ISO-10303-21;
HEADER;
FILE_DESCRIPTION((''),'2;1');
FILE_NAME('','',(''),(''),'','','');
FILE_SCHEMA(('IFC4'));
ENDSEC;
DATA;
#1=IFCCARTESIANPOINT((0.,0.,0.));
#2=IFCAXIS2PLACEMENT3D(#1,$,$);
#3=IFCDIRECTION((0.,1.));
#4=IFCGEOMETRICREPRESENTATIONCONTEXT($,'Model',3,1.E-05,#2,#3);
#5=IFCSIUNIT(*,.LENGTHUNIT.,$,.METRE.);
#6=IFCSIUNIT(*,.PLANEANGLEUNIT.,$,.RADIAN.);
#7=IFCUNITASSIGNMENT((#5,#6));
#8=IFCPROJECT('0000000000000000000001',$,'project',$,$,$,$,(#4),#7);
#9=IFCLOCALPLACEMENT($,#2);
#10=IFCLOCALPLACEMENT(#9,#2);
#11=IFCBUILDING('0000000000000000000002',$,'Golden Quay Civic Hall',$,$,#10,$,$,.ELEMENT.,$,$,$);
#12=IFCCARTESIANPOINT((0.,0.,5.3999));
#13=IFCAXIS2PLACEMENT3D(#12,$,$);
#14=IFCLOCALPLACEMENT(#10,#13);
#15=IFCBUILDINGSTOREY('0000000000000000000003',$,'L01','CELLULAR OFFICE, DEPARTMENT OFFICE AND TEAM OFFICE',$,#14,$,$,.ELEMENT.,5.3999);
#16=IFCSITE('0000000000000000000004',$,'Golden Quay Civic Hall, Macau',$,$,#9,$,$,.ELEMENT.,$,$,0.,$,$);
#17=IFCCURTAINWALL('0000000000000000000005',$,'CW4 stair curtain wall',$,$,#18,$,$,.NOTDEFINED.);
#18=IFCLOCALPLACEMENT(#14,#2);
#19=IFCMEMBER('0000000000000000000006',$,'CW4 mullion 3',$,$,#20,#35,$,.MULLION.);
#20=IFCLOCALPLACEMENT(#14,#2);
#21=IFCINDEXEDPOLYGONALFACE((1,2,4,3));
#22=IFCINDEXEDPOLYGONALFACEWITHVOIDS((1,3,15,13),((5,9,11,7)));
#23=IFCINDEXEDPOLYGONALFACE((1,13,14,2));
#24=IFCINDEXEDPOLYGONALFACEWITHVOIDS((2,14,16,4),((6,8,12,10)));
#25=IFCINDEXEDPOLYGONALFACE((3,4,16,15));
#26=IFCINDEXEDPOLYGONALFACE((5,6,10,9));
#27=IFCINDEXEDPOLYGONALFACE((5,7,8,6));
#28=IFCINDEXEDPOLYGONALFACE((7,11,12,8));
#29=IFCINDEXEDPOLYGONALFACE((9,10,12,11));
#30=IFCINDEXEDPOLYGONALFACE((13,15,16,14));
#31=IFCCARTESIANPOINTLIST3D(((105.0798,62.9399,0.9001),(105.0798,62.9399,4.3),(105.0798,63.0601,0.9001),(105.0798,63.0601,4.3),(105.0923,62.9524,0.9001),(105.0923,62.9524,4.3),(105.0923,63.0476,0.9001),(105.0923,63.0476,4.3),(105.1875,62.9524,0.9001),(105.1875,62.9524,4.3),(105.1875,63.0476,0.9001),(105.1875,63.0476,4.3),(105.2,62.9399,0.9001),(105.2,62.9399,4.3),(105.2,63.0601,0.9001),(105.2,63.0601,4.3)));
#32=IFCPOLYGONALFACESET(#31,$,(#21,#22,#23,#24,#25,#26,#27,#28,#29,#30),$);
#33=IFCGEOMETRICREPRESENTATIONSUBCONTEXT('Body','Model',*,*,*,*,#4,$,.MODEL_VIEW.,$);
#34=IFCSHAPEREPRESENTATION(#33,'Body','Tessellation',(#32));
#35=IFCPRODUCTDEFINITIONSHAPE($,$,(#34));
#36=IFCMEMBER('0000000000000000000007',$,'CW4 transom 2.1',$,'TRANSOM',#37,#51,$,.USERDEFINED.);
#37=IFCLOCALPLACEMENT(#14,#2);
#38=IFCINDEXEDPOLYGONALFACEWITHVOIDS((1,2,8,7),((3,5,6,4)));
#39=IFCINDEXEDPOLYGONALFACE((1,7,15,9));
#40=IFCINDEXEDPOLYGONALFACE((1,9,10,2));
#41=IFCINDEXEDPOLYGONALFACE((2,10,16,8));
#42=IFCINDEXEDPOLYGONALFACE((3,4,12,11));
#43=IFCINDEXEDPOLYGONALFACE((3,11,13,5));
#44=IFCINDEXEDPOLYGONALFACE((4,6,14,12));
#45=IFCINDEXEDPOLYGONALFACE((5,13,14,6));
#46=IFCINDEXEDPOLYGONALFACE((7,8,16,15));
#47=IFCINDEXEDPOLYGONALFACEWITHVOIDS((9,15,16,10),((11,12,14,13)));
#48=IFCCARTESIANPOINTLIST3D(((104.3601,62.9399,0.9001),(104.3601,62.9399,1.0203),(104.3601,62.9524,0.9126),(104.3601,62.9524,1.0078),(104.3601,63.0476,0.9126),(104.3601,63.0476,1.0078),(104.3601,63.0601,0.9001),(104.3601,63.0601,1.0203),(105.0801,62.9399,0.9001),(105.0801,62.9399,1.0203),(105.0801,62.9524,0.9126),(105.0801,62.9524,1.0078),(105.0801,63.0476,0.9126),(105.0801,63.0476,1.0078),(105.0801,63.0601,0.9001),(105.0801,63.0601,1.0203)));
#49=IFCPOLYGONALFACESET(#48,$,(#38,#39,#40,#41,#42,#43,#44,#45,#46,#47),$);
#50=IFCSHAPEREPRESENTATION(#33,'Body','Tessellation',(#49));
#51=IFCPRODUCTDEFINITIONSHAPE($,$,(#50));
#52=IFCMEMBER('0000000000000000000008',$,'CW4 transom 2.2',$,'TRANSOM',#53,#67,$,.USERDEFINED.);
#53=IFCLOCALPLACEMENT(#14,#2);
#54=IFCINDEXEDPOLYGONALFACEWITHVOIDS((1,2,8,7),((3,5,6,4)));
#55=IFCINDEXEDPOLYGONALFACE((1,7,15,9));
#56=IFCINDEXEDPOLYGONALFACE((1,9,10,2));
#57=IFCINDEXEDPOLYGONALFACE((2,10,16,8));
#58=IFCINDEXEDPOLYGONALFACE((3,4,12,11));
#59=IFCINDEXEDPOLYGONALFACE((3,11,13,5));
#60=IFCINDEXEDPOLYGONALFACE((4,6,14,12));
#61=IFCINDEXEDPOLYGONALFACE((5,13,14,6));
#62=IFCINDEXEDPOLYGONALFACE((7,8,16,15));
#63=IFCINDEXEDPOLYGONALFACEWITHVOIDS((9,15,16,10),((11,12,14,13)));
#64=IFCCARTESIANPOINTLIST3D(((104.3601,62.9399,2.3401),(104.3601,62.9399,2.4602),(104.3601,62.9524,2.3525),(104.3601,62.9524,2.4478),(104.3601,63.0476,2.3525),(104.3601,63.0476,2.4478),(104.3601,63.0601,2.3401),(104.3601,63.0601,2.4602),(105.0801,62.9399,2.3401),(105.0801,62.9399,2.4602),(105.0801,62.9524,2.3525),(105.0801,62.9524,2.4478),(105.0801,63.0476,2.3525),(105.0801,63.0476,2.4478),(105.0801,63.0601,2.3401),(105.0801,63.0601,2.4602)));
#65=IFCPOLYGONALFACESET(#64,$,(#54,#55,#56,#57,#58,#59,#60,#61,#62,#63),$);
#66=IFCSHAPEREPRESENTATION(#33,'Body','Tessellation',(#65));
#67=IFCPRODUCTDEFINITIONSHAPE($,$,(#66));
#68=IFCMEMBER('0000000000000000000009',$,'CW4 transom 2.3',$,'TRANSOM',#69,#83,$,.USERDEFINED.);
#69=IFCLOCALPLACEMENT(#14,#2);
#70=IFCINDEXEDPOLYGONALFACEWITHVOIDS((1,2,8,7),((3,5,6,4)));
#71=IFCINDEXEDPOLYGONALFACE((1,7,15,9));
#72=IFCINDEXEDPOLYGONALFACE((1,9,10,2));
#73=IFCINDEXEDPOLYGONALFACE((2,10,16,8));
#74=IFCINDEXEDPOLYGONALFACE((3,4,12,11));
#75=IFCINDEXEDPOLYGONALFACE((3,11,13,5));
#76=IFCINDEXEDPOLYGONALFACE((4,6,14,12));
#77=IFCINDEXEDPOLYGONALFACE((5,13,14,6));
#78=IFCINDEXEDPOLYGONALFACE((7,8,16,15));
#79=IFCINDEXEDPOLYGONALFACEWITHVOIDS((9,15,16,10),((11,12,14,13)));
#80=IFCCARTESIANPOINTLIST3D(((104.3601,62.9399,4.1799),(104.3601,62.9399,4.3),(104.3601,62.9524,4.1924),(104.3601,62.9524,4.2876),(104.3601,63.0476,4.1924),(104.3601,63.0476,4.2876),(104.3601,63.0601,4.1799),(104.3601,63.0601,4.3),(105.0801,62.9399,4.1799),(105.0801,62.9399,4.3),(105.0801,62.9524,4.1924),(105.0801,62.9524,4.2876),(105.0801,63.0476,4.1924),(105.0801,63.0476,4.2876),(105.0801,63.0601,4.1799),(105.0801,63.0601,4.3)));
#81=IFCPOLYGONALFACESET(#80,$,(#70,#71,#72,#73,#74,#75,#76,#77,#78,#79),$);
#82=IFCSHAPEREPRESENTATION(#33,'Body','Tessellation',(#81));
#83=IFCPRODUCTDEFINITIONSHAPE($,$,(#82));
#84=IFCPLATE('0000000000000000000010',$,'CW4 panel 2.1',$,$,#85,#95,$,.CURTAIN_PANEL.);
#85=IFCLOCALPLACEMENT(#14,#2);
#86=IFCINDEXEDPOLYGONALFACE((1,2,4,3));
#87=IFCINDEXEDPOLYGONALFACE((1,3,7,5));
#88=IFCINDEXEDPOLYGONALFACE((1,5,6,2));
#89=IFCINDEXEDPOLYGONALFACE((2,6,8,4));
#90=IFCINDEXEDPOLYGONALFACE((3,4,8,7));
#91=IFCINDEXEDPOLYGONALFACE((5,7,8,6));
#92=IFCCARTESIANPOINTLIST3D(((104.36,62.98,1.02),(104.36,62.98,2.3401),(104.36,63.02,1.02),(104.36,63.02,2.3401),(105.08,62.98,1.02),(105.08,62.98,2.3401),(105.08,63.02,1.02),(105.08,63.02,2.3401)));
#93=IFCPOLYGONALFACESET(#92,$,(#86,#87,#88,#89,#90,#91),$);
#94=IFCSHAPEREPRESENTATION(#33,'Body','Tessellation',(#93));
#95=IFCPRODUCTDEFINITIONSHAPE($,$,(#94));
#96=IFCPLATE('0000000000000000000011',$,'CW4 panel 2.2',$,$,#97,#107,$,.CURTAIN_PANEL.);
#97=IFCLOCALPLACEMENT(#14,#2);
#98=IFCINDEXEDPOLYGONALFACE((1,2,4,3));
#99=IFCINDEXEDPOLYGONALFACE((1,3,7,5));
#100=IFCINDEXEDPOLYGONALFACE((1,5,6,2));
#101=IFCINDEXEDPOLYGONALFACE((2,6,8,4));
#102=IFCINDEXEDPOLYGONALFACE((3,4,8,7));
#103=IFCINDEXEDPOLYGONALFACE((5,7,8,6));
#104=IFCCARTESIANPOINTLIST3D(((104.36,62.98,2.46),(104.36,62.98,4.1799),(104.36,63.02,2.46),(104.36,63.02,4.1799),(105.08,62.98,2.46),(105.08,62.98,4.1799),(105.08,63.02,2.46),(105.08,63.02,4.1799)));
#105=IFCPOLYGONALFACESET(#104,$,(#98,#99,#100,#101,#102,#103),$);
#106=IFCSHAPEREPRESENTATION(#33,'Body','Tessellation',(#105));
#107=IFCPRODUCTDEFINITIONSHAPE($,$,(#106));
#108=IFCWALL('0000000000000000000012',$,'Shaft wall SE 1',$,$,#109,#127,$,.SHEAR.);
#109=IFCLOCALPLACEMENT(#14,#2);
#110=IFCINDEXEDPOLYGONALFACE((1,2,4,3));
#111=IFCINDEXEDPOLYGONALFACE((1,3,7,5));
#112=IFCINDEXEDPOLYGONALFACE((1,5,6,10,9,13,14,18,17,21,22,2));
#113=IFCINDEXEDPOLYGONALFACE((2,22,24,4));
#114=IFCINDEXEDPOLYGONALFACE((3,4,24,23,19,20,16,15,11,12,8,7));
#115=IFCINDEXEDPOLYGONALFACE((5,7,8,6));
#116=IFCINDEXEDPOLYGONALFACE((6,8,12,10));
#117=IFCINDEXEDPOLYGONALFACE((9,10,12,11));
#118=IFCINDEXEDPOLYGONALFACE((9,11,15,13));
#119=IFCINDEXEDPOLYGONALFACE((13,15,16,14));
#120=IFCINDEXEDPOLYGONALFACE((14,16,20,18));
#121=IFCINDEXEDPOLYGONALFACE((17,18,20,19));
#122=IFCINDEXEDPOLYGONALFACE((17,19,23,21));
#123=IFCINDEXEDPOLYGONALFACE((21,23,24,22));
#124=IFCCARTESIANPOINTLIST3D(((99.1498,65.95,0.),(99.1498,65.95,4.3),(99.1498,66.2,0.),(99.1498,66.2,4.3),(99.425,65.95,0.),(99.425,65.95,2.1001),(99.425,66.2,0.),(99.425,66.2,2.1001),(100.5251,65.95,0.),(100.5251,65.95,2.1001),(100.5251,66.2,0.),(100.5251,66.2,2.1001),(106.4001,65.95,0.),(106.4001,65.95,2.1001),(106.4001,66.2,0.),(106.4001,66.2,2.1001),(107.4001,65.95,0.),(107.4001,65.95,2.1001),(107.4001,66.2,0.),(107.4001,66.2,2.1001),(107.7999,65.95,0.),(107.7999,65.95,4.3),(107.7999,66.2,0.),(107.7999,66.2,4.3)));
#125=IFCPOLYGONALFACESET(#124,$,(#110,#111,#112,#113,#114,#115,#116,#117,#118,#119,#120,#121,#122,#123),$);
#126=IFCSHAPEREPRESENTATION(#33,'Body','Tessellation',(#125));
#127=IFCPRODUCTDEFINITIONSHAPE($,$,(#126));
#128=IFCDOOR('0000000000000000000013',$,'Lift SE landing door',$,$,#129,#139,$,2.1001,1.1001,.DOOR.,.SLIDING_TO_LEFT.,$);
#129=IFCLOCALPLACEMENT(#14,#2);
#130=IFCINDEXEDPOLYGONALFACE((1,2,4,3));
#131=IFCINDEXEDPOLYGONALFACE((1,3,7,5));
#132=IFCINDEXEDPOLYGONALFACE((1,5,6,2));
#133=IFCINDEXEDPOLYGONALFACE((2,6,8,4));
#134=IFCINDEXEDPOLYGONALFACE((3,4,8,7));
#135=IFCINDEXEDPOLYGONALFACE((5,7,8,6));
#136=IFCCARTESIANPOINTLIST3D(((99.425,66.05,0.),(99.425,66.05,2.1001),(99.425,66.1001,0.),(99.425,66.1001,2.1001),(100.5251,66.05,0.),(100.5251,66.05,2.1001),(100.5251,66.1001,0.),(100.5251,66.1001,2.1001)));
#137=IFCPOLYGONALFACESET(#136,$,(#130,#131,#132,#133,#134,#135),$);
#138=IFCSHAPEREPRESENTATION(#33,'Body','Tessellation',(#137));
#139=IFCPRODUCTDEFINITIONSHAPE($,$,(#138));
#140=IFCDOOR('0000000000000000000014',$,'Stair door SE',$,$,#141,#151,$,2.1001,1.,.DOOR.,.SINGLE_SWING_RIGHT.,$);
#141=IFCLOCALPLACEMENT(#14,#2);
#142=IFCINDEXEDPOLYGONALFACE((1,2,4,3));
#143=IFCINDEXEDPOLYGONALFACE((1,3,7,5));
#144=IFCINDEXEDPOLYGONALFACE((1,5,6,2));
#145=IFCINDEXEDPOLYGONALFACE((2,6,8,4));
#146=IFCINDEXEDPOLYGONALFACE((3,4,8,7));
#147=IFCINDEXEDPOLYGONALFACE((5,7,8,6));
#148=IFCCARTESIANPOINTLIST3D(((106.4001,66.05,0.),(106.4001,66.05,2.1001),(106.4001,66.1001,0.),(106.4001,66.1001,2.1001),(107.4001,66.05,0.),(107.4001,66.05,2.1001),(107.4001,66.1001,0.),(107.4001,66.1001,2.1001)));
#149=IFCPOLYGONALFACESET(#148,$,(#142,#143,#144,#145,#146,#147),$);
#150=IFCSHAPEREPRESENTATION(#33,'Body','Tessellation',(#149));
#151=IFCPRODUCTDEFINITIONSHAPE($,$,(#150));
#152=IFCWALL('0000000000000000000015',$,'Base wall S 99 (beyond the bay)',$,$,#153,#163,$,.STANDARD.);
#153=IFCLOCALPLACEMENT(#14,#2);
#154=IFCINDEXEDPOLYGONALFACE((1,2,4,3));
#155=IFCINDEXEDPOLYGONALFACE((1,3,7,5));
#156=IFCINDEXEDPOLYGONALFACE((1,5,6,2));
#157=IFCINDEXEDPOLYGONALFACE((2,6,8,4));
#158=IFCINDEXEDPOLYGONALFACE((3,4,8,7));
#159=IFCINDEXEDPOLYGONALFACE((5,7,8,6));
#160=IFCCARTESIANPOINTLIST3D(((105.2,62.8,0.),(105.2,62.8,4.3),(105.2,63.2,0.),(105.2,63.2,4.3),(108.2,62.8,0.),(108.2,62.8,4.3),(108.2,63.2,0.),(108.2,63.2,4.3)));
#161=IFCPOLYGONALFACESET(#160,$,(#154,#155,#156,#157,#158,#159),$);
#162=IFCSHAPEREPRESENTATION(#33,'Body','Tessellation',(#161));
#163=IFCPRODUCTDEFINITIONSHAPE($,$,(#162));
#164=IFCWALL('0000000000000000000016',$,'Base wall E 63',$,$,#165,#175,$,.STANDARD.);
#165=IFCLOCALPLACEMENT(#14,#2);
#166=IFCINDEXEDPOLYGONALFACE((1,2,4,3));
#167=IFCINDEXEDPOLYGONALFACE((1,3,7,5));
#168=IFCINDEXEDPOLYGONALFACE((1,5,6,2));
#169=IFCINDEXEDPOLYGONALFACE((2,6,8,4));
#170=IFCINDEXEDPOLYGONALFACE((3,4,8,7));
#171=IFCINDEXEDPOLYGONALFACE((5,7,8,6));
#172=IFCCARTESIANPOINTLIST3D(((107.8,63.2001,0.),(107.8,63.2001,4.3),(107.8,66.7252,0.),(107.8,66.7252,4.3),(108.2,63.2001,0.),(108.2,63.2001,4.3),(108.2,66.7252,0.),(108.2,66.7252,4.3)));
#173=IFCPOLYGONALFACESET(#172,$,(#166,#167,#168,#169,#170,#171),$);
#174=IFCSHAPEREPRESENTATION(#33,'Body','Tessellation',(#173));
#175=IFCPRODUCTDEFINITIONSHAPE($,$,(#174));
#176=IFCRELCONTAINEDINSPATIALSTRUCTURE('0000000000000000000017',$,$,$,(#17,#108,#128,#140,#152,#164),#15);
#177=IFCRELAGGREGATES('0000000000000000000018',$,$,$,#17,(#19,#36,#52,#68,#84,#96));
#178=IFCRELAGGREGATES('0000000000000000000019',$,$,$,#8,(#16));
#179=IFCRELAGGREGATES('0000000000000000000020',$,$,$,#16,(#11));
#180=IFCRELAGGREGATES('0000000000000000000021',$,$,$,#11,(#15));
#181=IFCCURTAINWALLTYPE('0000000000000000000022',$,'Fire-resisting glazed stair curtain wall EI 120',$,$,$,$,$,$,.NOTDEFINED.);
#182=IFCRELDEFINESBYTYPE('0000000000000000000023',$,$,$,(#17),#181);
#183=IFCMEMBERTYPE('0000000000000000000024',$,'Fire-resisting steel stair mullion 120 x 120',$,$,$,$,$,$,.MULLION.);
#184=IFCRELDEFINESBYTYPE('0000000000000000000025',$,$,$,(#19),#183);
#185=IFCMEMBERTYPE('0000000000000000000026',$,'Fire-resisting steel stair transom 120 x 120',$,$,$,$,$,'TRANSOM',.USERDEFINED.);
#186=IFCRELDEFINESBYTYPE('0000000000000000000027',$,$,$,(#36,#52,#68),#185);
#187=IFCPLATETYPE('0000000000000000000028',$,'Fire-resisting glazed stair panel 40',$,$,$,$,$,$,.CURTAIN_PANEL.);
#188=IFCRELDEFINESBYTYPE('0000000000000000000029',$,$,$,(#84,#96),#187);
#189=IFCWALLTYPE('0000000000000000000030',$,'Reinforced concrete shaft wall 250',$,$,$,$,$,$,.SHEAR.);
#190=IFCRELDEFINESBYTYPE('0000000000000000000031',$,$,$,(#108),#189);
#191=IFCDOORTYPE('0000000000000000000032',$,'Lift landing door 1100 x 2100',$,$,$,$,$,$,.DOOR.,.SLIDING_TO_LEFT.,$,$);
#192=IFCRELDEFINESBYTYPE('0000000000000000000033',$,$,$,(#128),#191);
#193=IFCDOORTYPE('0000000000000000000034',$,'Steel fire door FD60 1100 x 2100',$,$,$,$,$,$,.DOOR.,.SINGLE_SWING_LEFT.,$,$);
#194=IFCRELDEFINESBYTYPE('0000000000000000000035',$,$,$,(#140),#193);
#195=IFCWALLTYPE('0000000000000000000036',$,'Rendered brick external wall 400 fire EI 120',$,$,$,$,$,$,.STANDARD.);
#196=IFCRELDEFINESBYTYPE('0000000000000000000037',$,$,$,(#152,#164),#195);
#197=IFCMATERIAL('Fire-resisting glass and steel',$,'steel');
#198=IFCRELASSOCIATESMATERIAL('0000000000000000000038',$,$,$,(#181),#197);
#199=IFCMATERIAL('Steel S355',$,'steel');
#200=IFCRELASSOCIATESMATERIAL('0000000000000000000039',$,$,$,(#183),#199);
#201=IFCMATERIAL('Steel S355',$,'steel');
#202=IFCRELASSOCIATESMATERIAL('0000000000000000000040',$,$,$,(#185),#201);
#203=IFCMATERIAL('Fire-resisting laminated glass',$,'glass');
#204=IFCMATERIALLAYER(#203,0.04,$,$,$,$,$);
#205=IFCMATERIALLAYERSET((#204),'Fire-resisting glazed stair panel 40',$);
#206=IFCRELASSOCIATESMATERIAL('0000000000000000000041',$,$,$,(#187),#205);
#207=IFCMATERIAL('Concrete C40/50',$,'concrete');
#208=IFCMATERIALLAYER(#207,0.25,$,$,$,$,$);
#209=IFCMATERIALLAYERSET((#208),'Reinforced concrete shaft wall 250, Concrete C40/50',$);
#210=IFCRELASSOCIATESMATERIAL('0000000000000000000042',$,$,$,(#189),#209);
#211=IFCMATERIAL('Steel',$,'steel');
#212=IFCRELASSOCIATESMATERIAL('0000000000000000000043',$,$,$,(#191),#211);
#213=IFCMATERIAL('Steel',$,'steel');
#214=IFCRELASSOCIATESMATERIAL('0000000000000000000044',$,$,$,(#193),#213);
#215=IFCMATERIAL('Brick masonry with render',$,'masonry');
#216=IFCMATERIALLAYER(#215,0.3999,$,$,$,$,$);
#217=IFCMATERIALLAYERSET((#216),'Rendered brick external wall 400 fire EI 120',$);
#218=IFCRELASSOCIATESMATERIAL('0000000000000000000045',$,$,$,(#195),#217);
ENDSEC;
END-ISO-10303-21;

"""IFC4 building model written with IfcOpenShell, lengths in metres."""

from ifc_helpers import new_model, si_unit, direction, frame, frame_2d, origin, origin_2d, place, context, subcontext, project, spatial, rectangle, hollow_rectangle, extrude, material, layer, layer_set, material_profile, profile_set, type_object, element, fill, aggregate, save


model = new_model("IFC4")

# Units and contexts
model_context = context("Model", 3, precision=1e-05, world=origin(), true_north=direction((0.0, 1.0)))
body_context = subcontext(model_context, "Body", "Model", "MODEL_VIEW")
ifc_project = project(units=[si_unit("LENGTHUNIT", "METRE"), si_unit("PLANEANGLEUNIT", "RADIAN")], contexts=[model_context])

# Site, building, storey
site_placement = place(None, origin())
site = spatial("IfcSite", under=ifc_project, at=site_placement, Name="Golden Quay Civic Hall, Macau", CompositionType="ELEMENT", RefElevation=0.0)
building_placement = place(site_placement, origin())
building = spatial("IfcBuilding", under=site, at=building_placement, Name="Golden Quay Civic Hall", CompositionType="ELEMENT")
storey_placement = place(building_placement, frame((0.0, 0.0, 5.3999)))
storey = spatial("IfcBuildingStorey", under=building, at=storey_placement, Name="L01", Description="CELLULAR OFFICE, DEPARTMENT OFFICE AND TEAM OFFICE", CompositionType="ELEMENT", Elevation=5.3999)

# Curtain wall, members, plates
ifc_material_1 = material(Name="Fire-resisting glass and steel", Category="steel")
curtain_wall_type = type_object("IfcCurtainWallType", Name="Fire-resisting glazed stair curtain wall EI 120", PredefinedType="NOTDEFINED", material=ifc_material_1)
curtain_wall_placement = place(storey_placement, origin())
curtain_wall = element("IfcCurtainWall", 1, at=curtain_wall_placement, inside=storey, type_object=curtain_wall_type, Name="CW4 stair curtain wall", PredefinedType="NOTDEFINED")
ifc_material_2 = material(Name="Steel S355", Category="steel")
ifc_material_profile_1 = material_profile(ifc_material_2, hollow_rectangle(XDim=0.1201, YDim=0.1201, WallThickness=0.0125, at=origin_2d()), Name="SHS 120x120x12.5")
ifc_profile_set_1 = profile_set([ifc_material_profile_1], Name="Steel S355")
member_type_1 = type_object("IfcMemberType", Name="Fire-resisting steel stair mullion 120 x 120", PredefinedType="MULLION", material=ifc_profile_set_1)
member_1_placement = place(storey_placement, frame((105.1399, 63.0, 0.9001), z_axis=(0.0, 0.0, 1.0), x_axis=(0.0, 1.0, 0.0)))
member_1 = element("IfcMember", 2, at=member_1_placement, type_object=member_type_1, Name="CW4 mullion 3", PredefinedType="MULLION", context=body_context, shape_type="SweptSolid", body=[
    extrude(hollow_rectangle(XDim=0.1201, YDim=0.1201, WallThickness=0.0125, at=origin_2d()), origin(), (0.0, 0.0, 1.0), 3.3999),
])
ifc_material_3 = material(Name="Steel S355", Category="steel")
ifc_material_profile_2 = material_profile(ifc_material_3, hollow_rectangle(XDim=0.1201, YDim=0.1201, WallThickness=0.0125, at=origin_2d()), Name="SHS 120x120x12.5")
ifc_profile_set_2 = profile_set([ifc_material_profile_2], Name="Steel S355")
member_type_2 = type_object("IfcMemberType", Name="Fire-resisting steel stair transom 120 x 120", ElementType="TRANSOM", PredefinedType="USERDEFINED", material=ifc_profile_set_2)
member_2_placement = place(storey_placement, frame((104.3601, 63.0, 0.9602), z_axis=(1.0, 0.0, 0.0), x_axis=(0.0, 1.0, 0.0)))
member_2 = element("IfcMember", 3, at=member_2_placement, type_object=member_type_2, Name="CW4 transom 2.1", ObjectType="TRANSOM", PredefinedType="USERDEFINED", context=body_context, shape_type="SweptSolid", body=[
    extrude(hollow_rectangle(XDim=0.1201, YDim=0.1201, WallThickness=0.0125, at=origin_2d()), origin(), (0.0, 0.0, 1.0), 0.72),
])
member_3_placement = place(storey_placement, frame((104.3601, 63.0, 2.4001), z_axis=(1.0, 0.0, 0.0), x_axis=(0.0, 1.0, 0.0)))
member_3 = element("IfcMember", 4, at=member_3_placement, type_object=member_type_2, Name="CW4 transom 2.2", ObjectType="TRANSOM", PredefinedType="USERDEFINED", context=body_context, shape_type="SweptSolid", body=[
    extrude(hollow_rectangle(XDim=0.1201, YDim=0.1201, WallThickness=0.0125, at=origin_2d()), origin(), (0.0, 0.0, 1.0), 0.72),
])
member_4_placement = place(storey_placement, frame((104.3601, 63.0, 4.24), z_axis=(1.0, 0.0, 0.0), x_axis=(0.0, 1.0, 0.0)))
member_4 = element("IfcMember", 5, at=member_4_placement, type_object=member_type_2, Name="CW4 transom 2.3", ObjectType="TRANSOM", PredefinedType="USERDEFINED", context=body_context, shape_type="SweptSolid", body=[
    extrude(hollow_rectangle(XDim=0.1201, YDim=0.1201, WallThickness=0.0125, at=origin_2d()), origin(), (0.0, 0.0, 1.0), 0.72),
])
ifc_material_4 = material(Name="Fire-resisting laminated glass", Category="glass")
ifc_layer_1 = layer(ifc_material_4, 0.04)
ifc_layer_set_1 = layer_set([ifc_layer_1], Name="Fire-resisting glazed stair panel 40")
plate_type = type_object("IfcPlateType", Name="Fire-resisting glazed stair panel 40", PredefinedType="CURTAIN_PANEL", material=ifc_layer_set_1)
plate_1_placement = place(storey_placement, frame((104.72, 63.0, 1.02), z_axis=(0.0, 0.0, 1.0), x_axis=(1.0, 0.0, 0.0)))
plate_1 = element("IfcPlate", 6, at=plate_1_placement, type_object=plate_type, Name="CW4 panel 2.1", PredefinedType="CURTAIN_PANEL", context=body_context, shape_type="SweptSolid", body=[
    extrude(rectangle(XDim=0.72, YDim=0.04, at=origin_2d()), origin(), (0.0, 0.0, 1.0), 1.3201),
])
plate_2_placement = place(storey_placement, frame((104.72, 63.0, 2.46), z_axis=(0.0, 0.0, 1.0), x_axis=(1.0, 0.0, 0.0)))
plate_2 = element("IfcPlate", 7, at=plate_2_placement, type_object=plate_type, Name="CW4 panel 2.2", PredefinedType="CURTAIN_PANEL", context=body_context, shape_type="SweptSolid", body=[
    extrude(rectangle(XDim=0.72, YDim=0.04, at=origin_2d()), origin(), (0.0, 0.0, 1.0), 1.72),
])
aggregate(curtain_wall, [member_1, member_2, member_3, member_4, plate_1, plate_2])

# Wall, openings, doors
ifc_material_5 = material(Name="Concrete C40/50", Category="concrete")
ifc_layer_2 = layer(ifc_material_5, 0.25)
ifc_layer_set_2 = layer_set([ifc_layer_2], Name="Reinforced concrete shaft wall 250, Concrete C40/50")
wall_type_1 = type_object("IfcWallType", Name="Reinforced concrete shaft wall 250", PredefinedType="SHEAR", material=ifc_layer_set_2)
wall_1_placement = place(storey_placement, frame((107.8, 66.075, 0.0), z_axis=(0.0, 0.0, 1.0), x_axis=(-1.0, 0.0, 0.0)))
wall_1 = element("IfcWall", 8, at=wall_1_placement, inside=storey, type_object=wall_type_1, Name="Shaft wall SE 1", PredefinedType="SHEAR", context=body_context, shape_type="SweptSolid", body=[
    extrude(rectangle(XDim=8.6501, YDim=0.25, at=frame_2d((4.3252, 0.0))), origin(), (0.0, 0.0, 1.0), 4.3),
])
opening_1_placement = place(wall_1_placement, frame((0.3999, 0.0, 0.0)))
opening_1 = element("IfcOpeningElement", 9, at=opening_1_placement, cuts=wall_1, PredefinedType="OPENING", context=body_context, shape_type="SweptSolid", body=[
    extrude(rectangle(XDim=1.0, YDim=2.1001, at=frame_2d((0.5, 1.05))), frame((0.0, 0.135, 0.0), z_axis=(0.0, -1.0, 0.0), x_axis=(1.0, 0.0, 0.0)), (0.0, 0.0, 1.0), 0.27),
])
opening_2_placement = place(wall_1_placement, frame((7.2749, 0.0, 0.0)))
opening_2 = element("IfcOpeningElement", 10, at=opening_2_placement, cuts=wall_1, PredefinedType="OPENING", context=body_context, shape_type="SweptSolid", body=[
    extrude(rectangle(XDim=1.1001, YDim=2.1001, at=frame_2d((0.55, 1.05))), frame((0.0, 0.135, 0.0), z_axis=(0.0, -1.0, 0.0), x_axis=(1.0, 0.0, 0.0)), (0.0, 0.0, 1.0), 0.27),
])
ifc_material_6 = material(Name="Steel", Category="steel")
door_type_1 = type_object("IfcDoorType", Name="Lift landing door 1100 x 2100", OperationType="SLIDING_TO_LEFT", PredefinedType="DOOR", material=ifc_material_6)
door_1_placement = place(opening_2_placement, origin())
door_1 = element("IfcDoor", 11, at=door_1_placement, inside=storey, type_object=door_type_1, Name="Lift SE landing door", OperationType="SLIDING_TO_LEFT", OverallHeight=2.1001, OverallWidth=1.1001, PredefinedType="DOOR", context=body_context, shape_type="SweptSolid", body=[
    extrude(rectangle(XDim=1.1001, YDim=2.1001, at=frame_2d((0.55, 1.05))), frame((0.0, 0.0249, 0.0), z_axis=(0.0, -1.0, 0.0), x_axis=(1.0, 0.0, 0.0)), (0.0, 0.0, 1.0), 0.05),
])
fill(opening_2, door_1)
ifc_material_7 = material(Name="Steel", Category="steel")
door_type_2 = type_object("IfcDoorType", Name="Steel fire door FD60 1100 x 2100", OperationType="SINGLE_SWING_LEFT", PredefinedType="DOOR", material=ifc_material_7)
door_2_placement = place(opening_1_placement, frame((1.0, 0.0, 0.0), z_axis=(0.0, 0.0, 1.0), x_axis=(-1.0, 0.0, 0.0)))
door_2 = element("IfcDoor", 12, at=door_2_placement, inside=storey, type_object=door_type_2, Name="Stair door SE", OperationType="SINGLE_SWING_RIGHT", OverallHeight=2.1001, OverallWidth=1.0, PredefinedType="DOOR", context=body_context, shape_type="SweptSolid", body=[
    extrude(rectangle(XDim=1.0, YDim=2.1001, at=frame_2d((0.5, 1.05))), frame((0.0, 0.0251, 0.0), z_axis=(0.0, -1.0, 0.0), x_axis=(1.0, 0.0, 0.0)), (0.0, 0.0, 1.0), 0.05),
])
fill(opening_1, door_2)

# Walls
ifc_material_8 = material(Name="Brick masonry with render", Category="masonry")
ifc_layer_3 = layer(ifc_material_8, 0.3999)
ifc_layer_set_3 = layer_set([ifc_layer_3], Name="Rendered brick external wall 400 fire EI 120")
wall_type_2 = type_object("IfcWallType", Name="Rendered brick external wall 400 fire EI 120", PredefinedType="STANDARD", material=ifc_layer_set_3)
wall_2_placement = place(storey_placement, frame((105.2, 63.0, 0.0), z_axis=(0.0, 0.0, 1.0), x_axis=(1.0, 0.0, 0.0)))
element("IfcWall", 13, at=wall_2_placement, inside=storey, type_object=wall_type_2, Name="Base wall S 99 (beyond the bay)", PredefinedType="STANDARD", context=body_context, shape_type="SweptSolid", body=[
    extrude(rectangle(XDim=3.0, YDim=0.3999, at=frame_2d((1.5, 0.0))), origin(), (0.0, 0.0, 1.0), 4.3),
])
wall_3_placement = place(storey_placement, frame((108.0, 63.2, 0.0), z_axis=(0.0, 0.0, 1.0), x_axis=(0.0, 1.0, 0.0)))
element("IfcWall", 14, at=wall_3_placement, inside=storey, type_object=wall_type_2, Name="Base wall E 63", PredefinedType="STANDARD", context=body_context, shape_type="SweptSolid", body=[
    extrude(rectangle(XDim=3.5251, YDim=0.3999, at=frame_2d((1.7627, 0.0))), origin(), (0.0, 0.0, 1.0), 4.3),
])

save(model, "model.ifc")
